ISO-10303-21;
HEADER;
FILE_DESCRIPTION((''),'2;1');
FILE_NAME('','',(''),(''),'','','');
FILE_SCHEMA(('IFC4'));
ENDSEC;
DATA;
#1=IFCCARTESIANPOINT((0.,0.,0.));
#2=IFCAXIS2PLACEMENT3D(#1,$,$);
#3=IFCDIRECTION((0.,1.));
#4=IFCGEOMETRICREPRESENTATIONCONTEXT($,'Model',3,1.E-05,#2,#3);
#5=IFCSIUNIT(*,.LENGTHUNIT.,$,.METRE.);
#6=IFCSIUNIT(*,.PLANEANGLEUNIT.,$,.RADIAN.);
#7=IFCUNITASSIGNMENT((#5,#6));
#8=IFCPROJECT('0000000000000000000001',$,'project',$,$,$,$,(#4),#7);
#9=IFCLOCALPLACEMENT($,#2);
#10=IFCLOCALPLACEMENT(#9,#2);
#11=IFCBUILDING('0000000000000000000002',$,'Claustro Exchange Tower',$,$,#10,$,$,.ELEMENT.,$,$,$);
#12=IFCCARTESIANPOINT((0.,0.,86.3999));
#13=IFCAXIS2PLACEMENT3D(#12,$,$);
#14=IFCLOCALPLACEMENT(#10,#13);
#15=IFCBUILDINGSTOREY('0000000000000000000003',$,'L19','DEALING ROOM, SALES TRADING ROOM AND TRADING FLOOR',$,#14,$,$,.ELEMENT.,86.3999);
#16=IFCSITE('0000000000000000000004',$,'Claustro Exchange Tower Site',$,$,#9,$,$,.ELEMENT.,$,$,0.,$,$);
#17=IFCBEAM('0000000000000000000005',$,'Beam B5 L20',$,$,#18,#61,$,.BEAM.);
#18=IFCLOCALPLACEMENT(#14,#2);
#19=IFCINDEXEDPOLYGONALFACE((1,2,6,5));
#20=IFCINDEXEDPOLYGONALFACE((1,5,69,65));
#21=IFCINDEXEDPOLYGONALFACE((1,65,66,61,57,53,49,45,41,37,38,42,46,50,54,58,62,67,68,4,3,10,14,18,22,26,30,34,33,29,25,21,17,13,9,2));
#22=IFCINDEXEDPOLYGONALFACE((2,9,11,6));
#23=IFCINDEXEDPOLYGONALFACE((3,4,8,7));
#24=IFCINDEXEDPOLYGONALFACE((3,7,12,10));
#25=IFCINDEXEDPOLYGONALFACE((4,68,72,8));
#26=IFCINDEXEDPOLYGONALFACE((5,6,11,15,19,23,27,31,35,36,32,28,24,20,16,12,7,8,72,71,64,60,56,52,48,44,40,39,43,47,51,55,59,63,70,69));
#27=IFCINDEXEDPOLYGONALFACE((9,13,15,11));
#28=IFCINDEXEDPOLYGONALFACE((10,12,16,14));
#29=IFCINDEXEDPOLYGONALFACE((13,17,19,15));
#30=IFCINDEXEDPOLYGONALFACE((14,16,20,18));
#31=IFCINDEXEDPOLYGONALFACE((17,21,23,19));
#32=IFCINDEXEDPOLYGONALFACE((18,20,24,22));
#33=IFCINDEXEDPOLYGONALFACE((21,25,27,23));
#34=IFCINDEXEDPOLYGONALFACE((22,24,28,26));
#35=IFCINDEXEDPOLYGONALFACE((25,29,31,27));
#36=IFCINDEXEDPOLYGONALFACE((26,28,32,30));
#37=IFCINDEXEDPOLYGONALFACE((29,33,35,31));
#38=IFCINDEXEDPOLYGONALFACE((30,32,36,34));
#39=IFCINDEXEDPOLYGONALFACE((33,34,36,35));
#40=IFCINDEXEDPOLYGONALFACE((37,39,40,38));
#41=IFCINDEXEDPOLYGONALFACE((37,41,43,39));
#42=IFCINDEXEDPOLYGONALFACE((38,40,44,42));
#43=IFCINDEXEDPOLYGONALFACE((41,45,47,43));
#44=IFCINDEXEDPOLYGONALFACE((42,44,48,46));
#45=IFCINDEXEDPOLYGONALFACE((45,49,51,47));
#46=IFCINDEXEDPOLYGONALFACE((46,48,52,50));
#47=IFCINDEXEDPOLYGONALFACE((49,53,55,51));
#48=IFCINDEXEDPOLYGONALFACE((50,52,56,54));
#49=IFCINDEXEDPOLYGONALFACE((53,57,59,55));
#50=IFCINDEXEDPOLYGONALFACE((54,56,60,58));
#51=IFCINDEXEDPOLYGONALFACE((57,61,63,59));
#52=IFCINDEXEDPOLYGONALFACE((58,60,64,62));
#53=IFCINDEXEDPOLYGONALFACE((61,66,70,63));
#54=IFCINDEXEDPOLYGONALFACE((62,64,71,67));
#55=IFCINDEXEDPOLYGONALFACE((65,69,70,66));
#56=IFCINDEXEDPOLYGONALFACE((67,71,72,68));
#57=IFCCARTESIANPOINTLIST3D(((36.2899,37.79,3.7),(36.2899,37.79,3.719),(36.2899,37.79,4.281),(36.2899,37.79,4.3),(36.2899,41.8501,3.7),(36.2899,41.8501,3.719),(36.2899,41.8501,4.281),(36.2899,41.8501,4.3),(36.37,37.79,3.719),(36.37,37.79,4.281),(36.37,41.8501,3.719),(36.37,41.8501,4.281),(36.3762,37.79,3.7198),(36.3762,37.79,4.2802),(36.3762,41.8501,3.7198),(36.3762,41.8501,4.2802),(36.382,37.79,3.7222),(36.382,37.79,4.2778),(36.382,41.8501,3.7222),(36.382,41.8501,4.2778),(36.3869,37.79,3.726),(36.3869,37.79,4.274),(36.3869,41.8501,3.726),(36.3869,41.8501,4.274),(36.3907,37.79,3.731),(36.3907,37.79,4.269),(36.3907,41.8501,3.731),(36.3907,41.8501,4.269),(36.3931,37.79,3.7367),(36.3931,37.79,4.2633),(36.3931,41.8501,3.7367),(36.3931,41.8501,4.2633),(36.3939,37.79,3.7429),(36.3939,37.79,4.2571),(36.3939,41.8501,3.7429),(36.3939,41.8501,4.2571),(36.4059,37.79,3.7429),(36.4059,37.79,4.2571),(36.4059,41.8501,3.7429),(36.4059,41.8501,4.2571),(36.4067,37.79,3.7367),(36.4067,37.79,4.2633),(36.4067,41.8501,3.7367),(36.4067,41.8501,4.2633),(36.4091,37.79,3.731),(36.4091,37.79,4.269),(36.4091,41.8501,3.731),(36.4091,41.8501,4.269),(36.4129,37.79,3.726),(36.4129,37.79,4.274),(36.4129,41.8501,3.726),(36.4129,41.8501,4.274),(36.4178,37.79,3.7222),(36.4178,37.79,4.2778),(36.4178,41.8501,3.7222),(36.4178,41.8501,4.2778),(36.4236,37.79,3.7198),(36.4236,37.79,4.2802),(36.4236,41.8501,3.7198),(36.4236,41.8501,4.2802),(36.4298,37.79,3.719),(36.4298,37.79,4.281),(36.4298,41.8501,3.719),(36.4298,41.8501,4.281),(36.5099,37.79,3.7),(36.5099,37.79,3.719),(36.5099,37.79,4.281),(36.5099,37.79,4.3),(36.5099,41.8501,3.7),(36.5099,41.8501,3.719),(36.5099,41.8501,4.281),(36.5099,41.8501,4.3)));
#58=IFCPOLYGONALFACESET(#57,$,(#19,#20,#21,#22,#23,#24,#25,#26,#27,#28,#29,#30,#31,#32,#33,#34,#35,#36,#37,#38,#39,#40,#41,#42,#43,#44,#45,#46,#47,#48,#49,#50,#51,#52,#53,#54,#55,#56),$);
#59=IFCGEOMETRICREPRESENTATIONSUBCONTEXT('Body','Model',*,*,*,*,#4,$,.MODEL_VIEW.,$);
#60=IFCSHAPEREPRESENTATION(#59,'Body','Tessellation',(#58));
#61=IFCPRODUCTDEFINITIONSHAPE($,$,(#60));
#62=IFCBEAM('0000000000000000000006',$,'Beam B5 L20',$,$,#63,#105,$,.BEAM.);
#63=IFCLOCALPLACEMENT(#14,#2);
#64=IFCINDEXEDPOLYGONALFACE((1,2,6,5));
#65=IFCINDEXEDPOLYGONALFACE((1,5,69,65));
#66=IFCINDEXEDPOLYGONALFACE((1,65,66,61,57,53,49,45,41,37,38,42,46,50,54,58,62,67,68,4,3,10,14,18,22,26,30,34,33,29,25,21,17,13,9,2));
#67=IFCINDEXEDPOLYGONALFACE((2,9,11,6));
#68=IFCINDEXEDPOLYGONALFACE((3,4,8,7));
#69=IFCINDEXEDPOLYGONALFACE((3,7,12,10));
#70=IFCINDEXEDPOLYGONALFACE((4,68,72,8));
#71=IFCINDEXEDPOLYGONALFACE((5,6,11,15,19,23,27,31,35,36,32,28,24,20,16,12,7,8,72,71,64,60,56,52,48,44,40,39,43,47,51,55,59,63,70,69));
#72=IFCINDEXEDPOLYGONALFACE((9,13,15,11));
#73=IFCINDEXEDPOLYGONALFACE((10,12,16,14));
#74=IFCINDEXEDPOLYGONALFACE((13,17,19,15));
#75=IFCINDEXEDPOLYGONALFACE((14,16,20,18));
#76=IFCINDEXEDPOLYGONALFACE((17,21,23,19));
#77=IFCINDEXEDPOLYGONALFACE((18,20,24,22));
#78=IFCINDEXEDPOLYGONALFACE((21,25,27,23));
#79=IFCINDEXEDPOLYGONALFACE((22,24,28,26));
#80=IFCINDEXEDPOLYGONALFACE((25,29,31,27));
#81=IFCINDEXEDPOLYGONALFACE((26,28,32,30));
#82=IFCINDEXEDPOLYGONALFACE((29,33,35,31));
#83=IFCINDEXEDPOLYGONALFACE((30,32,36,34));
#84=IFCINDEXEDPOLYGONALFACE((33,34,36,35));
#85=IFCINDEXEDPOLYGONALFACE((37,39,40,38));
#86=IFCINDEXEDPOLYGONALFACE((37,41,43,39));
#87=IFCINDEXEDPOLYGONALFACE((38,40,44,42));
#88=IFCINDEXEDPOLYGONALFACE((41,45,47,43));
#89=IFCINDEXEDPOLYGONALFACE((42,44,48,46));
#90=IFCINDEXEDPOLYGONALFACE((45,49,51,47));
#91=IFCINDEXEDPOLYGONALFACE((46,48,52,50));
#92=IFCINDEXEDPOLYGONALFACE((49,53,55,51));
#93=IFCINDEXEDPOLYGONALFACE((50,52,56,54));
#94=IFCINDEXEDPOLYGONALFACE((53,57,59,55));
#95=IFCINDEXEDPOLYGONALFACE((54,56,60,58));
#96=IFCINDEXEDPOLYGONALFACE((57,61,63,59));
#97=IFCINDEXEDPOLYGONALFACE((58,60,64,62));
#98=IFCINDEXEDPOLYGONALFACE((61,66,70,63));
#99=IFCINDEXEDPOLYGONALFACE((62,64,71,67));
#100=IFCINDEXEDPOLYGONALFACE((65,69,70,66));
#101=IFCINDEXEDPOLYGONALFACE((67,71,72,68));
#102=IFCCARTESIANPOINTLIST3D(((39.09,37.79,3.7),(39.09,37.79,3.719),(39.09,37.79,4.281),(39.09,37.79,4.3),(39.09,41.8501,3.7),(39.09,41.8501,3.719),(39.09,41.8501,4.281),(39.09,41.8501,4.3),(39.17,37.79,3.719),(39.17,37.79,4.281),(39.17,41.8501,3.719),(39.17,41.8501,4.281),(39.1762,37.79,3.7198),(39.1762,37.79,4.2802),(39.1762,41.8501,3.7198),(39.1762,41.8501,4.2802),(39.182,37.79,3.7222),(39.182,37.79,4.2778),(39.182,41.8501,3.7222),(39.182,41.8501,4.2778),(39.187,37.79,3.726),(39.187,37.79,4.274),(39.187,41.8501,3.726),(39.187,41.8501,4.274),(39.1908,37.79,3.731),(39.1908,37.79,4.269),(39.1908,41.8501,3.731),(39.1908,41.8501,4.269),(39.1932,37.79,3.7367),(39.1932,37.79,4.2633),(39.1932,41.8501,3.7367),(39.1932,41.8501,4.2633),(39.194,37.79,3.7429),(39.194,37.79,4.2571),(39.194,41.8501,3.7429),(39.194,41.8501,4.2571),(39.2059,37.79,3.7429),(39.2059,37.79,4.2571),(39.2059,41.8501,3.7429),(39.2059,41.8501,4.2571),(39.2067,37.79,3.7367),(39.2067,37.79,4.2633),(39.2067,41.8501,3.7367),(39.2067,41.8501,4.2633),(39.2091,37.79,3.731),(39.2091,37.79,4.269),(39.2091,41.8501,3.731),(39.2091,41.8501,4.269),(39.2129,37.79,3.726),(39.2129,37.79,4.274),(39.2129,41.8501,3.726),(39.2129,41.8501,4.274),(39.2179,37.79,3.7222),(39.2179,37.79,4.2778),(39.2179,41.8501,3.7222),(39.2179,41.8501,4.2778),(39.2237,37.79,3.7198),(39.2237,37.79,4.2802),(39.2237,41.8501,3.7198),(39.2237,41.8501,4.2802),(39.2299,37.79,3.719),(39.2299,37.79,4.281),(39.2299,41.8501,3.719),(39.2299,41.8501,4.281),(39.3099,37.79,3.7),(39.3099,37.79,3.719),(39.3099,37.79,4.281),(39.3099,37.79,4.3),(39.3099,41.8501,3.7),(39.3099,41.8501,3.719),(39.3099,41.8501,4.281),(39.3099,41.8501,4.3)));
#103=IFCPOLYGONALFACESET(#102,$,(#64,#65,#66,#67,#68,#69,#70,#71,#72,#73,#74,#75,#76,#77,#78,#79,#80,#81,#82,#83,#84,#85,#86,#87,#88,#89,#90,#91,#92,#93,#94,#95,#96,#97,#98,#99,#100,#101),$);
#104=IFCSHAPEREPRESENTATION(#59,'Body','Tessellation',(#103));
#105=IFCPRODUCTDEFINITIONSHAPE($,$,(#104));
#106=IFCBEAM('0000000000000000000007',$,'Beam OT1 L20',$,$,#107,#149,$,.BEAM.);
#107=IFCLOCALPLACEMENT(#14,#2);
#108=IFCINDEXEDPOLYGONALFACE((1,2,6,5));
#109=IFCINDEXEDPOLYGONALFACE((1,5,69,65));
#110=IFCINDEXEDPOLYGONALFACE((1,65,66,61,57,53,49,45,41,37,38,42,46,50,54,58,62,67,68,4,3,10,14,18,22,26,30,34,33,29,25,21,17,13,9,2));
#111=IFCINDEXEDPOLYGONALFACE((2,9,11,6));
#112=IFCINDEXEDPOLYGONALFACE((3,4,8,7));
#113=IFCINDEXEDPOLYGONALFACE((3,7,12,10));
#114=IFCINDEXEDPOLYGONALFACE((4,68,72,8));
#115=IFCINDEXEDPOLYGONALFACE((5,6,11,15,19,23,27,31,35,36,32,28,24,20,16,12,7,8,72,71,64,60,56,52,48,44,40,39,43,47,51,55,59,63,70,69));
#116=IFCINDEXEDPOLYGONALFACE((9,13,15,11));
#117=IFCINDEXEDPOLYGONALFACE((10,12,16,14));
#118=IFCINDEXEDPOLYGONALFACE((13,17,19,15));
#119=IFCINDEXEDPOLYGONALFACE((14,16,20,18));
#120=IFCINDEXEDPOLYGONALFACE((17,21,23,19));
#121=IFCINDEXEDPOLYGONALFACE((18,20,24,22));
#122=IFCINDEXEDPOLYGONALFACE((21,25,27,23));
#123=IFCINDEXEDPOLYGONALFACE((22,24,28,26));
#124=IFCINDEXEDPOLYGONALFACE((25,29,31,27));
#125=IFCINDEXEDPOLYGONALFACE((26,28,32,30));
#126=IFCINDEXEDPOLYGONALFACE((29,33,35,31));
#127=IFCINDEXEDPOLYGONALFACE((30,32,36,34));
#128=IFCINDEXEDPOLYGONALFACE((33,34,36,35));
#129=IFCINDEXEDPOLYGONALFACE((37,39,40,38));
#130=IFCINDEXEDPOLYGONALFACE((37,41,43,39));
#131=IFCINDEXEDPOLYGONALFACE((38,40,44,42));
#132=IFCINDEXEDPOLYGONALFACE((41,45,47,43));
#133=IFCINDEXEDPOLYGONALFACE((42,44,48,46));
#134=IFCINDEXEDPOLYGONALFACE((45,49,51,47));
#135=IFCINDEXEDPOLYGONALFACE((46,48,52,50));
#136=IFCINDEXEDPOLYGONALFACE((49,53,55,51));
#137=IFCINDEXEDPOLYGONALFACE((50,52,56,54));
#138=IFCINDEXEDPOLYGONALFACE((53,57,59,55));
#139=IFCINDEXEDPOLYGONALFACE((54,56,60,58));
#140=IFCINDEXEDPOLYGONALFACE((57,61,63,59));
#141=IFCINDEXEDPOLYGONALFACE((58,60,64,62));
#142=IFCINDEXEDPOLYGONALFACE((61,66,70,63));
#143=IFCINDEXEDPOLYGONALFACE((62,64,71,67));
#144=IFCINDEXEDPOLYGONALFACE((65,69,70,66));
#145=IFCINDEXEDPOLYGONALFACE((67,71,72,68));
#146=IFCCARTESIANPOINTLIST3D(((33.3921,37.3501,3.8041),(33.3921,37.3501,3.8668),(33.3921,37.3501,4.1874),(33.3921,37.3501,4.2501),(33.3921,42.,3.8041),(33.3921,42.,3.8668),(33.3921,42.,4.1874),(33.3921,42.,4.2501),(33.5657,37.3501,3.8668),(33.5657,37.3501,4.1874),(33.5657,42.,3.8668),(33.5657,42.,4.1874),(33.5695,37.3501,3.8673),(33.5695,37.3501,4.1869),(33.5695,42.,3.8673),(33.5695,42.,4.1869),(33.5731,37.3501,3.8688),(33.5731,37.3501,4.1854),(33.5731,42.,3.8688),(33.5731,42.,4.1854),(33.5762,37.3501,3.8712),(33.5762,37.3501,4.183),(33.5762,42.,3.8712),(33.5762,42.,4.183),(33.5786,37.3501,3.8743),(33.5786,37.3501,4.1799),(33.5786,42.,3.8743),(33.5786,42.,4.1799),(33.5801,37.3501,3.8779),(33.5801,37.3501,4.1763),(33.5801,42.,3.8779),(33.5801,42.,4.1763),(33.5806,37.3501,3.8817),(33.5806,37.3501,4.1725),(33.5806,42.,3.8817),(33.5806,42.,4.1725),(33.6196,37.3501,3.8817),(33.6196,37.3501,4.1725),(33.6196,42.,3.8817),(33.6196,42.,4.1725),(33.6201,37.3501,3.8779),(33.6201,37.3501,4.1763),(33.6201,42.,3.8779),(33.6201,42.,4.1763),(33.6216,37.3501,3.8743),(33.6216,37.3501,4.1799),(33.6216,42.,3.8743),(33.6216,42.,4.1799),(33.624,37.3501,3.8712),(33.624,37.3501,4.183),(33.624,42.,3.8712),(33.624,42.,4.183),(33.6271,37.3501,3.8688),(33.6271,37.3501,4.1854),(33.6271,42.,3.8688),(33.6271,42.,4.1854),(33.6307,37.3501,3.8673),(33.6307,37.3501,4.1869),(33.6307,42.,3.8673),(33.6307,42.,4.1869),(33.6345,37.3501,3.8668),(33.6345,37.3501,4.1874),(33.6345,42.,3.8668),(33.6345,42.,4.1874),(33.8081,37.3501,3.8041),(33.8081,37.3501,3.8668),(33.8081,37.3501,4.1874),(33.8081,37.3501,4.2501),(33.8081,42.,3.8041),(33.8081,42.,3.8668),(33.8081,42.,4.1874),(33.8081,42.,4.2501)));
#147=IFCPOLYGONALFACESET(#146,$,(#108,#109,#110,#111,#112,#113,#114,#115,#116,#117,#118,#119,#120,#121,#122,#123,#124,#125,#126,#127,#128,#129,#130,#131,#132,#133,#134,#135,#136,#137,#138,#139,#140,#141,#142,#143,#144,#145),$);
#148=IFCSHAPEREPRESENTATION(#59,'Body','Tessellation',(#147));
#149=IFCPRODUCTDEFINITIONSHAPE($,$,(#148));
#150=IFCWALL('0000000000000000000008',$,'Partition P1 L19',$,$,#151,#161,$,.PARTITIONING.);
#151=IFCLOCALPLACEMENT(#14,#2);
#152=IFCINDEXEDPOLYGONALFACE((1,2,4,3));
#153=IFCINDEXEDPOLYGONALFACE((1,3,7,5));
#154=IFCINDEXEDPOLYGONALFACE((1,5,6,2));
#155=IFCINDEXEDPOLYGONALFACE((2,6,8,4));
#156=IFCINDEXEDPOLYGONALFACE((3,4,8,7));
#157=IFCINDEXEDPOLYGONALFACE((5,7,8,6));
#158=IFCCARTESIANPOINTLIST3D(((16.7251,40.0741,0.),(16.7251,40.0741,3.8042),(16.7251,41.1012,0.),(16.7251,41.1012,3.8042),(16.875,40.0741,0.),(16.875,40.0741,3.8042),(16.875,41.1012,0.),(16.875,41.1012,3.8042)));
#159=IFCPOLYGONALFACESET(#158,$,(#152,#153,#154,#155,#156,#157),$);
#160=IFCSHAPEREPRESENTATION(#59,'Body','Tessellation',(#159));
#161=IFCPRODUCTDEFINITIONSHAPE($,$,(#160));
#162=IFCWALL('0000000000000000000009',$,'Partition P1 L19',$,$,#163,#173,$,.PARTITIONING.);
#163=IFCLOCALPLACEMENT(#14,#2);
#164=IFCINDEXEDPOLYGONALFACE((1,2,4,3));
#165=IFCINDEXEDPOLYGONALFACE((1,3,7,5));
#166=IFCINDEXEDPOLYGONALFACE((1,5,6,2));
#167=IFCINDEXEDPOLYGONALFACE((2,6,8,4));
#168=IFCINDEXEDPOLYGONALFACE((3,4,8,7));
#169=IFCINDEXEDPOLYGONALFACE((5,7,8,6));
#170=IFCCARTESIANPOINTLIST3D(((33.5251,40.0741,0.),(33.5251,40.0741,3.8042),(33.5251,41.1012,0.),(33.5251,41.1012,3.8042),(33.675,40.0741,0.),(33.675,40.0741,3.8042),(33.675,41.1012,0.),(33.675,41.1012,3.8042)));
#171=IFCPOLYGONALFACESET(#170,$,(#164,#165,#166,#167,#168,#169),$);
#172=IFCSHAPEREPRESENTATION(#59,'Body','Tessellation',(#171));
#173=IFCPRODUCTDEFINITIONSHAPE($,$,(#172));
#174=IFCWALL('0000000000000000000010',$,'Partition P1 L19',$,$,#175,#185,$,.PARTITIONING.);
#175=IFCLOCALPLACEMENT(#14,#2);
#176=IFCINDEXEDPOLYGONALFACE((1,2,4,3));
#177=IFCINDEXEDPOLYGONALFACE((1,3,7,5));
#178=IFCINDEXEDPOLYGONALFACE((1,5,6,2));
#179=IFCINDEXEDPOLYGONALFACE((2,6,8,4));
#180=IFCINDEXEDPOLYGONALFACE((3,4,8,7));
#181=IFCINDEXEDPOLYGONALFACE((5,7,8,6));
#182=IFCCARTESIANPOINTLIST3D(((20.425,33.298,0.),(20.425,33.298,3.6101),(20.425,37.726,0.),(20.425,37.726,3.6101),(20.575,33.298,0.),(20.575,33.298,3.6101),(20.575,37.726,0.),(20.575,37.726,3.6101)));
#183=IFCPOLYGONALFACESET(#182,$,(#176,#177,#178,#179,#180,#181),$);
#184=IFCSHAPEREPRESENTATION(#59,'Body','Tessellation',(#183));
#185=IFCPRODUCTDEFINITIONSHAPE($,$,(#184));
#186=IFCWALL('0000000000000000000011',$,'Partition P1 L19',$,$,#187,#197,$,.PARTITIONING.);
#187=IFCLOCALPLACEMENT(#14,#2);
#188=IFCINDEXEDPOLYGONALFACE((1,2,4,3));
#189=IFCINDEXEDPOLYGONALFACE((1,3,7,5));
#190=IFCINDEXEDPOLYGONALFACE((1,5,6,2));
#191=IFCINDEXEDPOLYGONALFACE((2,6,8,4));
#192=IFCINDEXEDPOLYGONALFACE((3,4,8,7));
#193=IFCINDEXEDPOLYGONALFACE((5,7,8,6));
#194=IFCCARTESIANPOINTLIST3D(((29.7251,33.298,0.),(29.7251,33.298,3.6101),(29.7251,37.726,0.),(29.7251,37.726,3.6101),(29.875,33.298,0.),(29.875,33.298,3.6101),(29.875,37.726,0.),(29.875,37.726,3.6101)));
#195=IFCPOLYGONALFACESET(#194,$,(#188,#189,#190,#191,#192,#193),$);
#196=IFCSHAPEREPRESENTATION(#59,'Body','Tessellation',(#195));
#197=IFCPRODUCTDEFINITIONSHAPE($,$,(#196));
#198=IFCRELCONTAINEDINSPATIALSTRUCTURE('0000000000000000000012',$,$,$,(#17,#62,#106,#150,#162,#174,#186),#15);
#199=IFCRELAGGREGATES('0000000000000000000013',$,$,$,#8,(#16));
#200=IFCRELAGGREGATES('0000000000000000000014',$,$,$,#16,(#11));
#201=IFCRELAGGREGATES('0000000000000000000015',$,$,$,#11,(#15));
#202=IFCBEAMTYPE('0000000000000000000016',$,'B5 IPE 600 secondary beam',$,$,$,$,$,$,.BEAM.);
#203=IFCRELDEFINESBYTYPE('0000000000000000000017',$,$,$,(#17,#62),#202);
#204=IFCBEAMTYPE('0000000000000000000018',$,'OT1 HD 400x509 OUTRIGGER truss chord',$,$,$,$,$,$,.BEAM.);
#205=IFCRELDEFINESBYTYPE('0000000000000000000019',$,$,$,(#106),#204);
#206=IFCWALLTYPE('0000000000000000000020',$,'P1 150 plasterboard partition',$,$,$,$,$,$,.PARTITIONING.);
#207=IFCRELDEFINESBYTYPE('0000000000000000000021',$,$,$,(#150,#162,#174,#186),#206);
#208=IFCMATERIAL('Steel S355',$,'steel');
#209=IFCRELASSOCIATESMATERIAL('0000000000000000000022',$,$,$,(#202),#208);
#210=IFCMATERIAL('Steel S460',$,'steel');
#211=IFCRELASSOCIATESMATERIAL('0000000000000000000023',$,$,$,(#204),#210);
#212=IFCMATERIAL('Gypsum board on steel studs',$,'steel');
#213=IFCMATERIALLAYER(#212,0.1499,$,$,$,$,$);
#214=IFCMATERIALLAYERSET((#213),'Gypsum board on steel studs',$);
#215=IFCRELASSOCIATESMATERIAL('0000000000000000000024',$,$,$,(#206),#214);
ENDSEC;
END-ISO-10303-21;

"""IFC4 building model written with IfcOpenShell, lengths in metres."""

from ifc_helpers import new_model, si_unit, direction, frame, frame_2d, origin, origin_2d, place, context, subcontext, project, spatial, rectangle, i_section, extrude, material, layer, layer_set, material_profile, profile_set, type_object, element, save


model = new_model("IFC4")

# Units and contexts
model_context = context("Model", 3, precision=1e-05, world=origin(), true_north=direction((0.0, 1.0)))
body_context = subcontext(model_context, "Body", "Model", "MODEL_VIEW")
ifc_project = project(units=[si_unit("LENGTHUNIT", "METRE"), si_unit("PLANEANGLEUNIT", "RADIAN")], contexts=[model_context])

# Site, building, storey
site_placement = place(None, origin())
site = spatial("IfcSite", under=ifc_project, at=site_placement, Name="Claustro Exchange Tower Site", CompositionType="ELEMENT", RefElevation=0.0)
building_placement = place(site_placement, origin())
building = spatial("IfcBuilding", under=site, at=building_placement, Name="Claustro Exchange Tower", CompositionType="ELEMENT")
storey_placement = place(building_placement, frame((0.0, 0.0, 86.3999)))
storey = spatial("IfcBuildingStorey", under=building, at=storey_placement, Name="L19", Description="DEALING ROOM, SALES TRADING ROOM AND TRADING FLOOR", CompositionType="ELEMENT", Elevation=86.3999)

# Beams
ifc_material_1 = material(Name="Steel S355", Category="steel")
ifc_material_profile_1 = material_profile(ifc_material_1, i_section(OverallWidth=0.22, OverallDepth=0.6001, WebThickness=0.012, FlangeThickness=0.019, FilletRadius=0.0239, at=origin_2d()), Name="IPE 600")
ifc_profile_set_1 = profile_set([ifc_material_profile_1], Name="Steel S355")
beam_type_1 = type_object("IfcBeamType", Name="B5 IPE 600 secondary beam", PredefinedType="BEAM", material=ifc_profile_set_1)
for number, where, z_axis, x_axis, name in (
    (1, (36.3999, 37.79, 4.0), (0.0, 1.0, 0.0), (-1.0, 0.0, 0.0), "Beam B5 L20"),
    (2, (39.2, 37.79, 4.0), (0.0, 1.0, 0.0), (-1.0, 0.0, 0.0), "Beam B5 L20"),
):
    element("IfcBeam", number, at=place(storey_placement, frame(where, z_axis=z_axis, x_axis=x_axis)), inside=storey, type_object=beam_type_1, Name=name, PredefinedType="BEAM", context=body_context, shape_type="SweptSolid", body=[
        extrude(i_section(OverallWidth=0.22, OverallDepth=0.6001, WebThickness=0.012, FlangeThickness=0.019, FilletRadius=0.0239, at=origin_2d()), origin(), (0.0, 0.0, 1.0), 4.0601),
    ])
ifc_material_2 = material(Name="Steel S460", Category="steel")
ifc_material_profile_2 = material_profile(ifc_material_2, i_section(OverallWidth=0.416, OverallDepth=0.446, WebThickness=0.0391, FlangeThickness=0.0627, FilletRadius=0.0149, at=origin_2d()), Name="HD 400x509")
ifc_profile_set_2 = profile_set([ifc_material_profile_2], Name="Steel S460")
beam_type_2 = type_object("IfcBeamType", Name="OT1 HD 400x509 OUTRIGGER truss chord", PredefinedType="BEAM", material=ifc_profile_set_2)
beam_1_placement = place(storey_placement, frame((33.6001, 37.3501, 4.0271), z_axis=(0.0, 1.0, 0.0), x_axis=(-1.0, 0.0, 0.0)))
element("IfcBeam", 3, at=beam_1_placement, inside=storey, type_object=beam_type_2, Name="Beam OT1 L20", PredefinedType="BEAM", context=body_context, shape_type="SweptSolid", body=[
    extrude(i_section(OverallWidth=0.416, OverallDepth=0.446, WebThickness=0.0391, FlangeThickness=0.0627, FilletRadius=0.0149, at=origin_2d()), origin(), (0.0, 0.0, 1.0), 4.6499),
])

# Walls
ifc_material_3 = material(Name="Gypsum board on steel studs", Category="steel")
ifc_layer_1 = layer(ifc_material_3, 0.1499)
ifc_layer_set_1 = layer_set([ifc_layer_1], Name="Gypsum board on steel studs")
wall_type_1 = type_object("IfcWallType", Name="P1 150 plasterboard partition", PredefinedType="PARTITIONING", material=ifc_layer_set_1)
for number, where, z_axis, x_axis, name in (
    (4, (16.8, 40.074, 0.0), (0.0, 0.0, 1.0), (0.0, 1.0, 0.0), "Partition P1 L19"),
    (5, (33.6001, 40.074, 0.0), (0.0, 0.0, 1.0), (0.0, 1.0, 0.0), "Partition P1 L19"),
):
    element("IfcWall", number, at=place(storey_placement, frame(where, z_axis=z_axis, x_axis=x_axis)), inside=storey, type_object=wall_type_1, Name=name, PredefinedType="PARTITIONING", context=body_context, shape_type="SweptSolid", body=[
        extrude(rectangle(XDim=1.0271, YDim=0.1499, at=frame_2d((0.5137, 0.0))), origin(), (0.0, 0.0, 1.0), 3.8042),
    ])
for number, where, z_axis, x_axis, name in (
    (6, (20.5, 33.2981, 0.0), (0.0, 0.0, 1.0), (0.0, 1.0, 0.0), "Partition P1 L19"),
    (7, (29.8, 33.2981, 0.0), (0.0, 0.0, 1.0), (0.0, 1.0, 0.0), "Partition P1 L19"),
):
    element("IfcWall", number, at=place(storey_placement, frame(where, z_axis=z_axis, x_axis=x_axis)), inside=storey, type_object=wall_type_1, Name=name, PredefinedType="PARTITIONING", context=body_context, shape_type="SweptSolid", body=[
        extrude(rectangle(XDim=4.428, YDim=0.1499, at=frame_2d((2.2139, 0.0))), origin(), (0.0, 0.0, 1.0), 3.6101),
    ])

save(model, "model.ifc")
